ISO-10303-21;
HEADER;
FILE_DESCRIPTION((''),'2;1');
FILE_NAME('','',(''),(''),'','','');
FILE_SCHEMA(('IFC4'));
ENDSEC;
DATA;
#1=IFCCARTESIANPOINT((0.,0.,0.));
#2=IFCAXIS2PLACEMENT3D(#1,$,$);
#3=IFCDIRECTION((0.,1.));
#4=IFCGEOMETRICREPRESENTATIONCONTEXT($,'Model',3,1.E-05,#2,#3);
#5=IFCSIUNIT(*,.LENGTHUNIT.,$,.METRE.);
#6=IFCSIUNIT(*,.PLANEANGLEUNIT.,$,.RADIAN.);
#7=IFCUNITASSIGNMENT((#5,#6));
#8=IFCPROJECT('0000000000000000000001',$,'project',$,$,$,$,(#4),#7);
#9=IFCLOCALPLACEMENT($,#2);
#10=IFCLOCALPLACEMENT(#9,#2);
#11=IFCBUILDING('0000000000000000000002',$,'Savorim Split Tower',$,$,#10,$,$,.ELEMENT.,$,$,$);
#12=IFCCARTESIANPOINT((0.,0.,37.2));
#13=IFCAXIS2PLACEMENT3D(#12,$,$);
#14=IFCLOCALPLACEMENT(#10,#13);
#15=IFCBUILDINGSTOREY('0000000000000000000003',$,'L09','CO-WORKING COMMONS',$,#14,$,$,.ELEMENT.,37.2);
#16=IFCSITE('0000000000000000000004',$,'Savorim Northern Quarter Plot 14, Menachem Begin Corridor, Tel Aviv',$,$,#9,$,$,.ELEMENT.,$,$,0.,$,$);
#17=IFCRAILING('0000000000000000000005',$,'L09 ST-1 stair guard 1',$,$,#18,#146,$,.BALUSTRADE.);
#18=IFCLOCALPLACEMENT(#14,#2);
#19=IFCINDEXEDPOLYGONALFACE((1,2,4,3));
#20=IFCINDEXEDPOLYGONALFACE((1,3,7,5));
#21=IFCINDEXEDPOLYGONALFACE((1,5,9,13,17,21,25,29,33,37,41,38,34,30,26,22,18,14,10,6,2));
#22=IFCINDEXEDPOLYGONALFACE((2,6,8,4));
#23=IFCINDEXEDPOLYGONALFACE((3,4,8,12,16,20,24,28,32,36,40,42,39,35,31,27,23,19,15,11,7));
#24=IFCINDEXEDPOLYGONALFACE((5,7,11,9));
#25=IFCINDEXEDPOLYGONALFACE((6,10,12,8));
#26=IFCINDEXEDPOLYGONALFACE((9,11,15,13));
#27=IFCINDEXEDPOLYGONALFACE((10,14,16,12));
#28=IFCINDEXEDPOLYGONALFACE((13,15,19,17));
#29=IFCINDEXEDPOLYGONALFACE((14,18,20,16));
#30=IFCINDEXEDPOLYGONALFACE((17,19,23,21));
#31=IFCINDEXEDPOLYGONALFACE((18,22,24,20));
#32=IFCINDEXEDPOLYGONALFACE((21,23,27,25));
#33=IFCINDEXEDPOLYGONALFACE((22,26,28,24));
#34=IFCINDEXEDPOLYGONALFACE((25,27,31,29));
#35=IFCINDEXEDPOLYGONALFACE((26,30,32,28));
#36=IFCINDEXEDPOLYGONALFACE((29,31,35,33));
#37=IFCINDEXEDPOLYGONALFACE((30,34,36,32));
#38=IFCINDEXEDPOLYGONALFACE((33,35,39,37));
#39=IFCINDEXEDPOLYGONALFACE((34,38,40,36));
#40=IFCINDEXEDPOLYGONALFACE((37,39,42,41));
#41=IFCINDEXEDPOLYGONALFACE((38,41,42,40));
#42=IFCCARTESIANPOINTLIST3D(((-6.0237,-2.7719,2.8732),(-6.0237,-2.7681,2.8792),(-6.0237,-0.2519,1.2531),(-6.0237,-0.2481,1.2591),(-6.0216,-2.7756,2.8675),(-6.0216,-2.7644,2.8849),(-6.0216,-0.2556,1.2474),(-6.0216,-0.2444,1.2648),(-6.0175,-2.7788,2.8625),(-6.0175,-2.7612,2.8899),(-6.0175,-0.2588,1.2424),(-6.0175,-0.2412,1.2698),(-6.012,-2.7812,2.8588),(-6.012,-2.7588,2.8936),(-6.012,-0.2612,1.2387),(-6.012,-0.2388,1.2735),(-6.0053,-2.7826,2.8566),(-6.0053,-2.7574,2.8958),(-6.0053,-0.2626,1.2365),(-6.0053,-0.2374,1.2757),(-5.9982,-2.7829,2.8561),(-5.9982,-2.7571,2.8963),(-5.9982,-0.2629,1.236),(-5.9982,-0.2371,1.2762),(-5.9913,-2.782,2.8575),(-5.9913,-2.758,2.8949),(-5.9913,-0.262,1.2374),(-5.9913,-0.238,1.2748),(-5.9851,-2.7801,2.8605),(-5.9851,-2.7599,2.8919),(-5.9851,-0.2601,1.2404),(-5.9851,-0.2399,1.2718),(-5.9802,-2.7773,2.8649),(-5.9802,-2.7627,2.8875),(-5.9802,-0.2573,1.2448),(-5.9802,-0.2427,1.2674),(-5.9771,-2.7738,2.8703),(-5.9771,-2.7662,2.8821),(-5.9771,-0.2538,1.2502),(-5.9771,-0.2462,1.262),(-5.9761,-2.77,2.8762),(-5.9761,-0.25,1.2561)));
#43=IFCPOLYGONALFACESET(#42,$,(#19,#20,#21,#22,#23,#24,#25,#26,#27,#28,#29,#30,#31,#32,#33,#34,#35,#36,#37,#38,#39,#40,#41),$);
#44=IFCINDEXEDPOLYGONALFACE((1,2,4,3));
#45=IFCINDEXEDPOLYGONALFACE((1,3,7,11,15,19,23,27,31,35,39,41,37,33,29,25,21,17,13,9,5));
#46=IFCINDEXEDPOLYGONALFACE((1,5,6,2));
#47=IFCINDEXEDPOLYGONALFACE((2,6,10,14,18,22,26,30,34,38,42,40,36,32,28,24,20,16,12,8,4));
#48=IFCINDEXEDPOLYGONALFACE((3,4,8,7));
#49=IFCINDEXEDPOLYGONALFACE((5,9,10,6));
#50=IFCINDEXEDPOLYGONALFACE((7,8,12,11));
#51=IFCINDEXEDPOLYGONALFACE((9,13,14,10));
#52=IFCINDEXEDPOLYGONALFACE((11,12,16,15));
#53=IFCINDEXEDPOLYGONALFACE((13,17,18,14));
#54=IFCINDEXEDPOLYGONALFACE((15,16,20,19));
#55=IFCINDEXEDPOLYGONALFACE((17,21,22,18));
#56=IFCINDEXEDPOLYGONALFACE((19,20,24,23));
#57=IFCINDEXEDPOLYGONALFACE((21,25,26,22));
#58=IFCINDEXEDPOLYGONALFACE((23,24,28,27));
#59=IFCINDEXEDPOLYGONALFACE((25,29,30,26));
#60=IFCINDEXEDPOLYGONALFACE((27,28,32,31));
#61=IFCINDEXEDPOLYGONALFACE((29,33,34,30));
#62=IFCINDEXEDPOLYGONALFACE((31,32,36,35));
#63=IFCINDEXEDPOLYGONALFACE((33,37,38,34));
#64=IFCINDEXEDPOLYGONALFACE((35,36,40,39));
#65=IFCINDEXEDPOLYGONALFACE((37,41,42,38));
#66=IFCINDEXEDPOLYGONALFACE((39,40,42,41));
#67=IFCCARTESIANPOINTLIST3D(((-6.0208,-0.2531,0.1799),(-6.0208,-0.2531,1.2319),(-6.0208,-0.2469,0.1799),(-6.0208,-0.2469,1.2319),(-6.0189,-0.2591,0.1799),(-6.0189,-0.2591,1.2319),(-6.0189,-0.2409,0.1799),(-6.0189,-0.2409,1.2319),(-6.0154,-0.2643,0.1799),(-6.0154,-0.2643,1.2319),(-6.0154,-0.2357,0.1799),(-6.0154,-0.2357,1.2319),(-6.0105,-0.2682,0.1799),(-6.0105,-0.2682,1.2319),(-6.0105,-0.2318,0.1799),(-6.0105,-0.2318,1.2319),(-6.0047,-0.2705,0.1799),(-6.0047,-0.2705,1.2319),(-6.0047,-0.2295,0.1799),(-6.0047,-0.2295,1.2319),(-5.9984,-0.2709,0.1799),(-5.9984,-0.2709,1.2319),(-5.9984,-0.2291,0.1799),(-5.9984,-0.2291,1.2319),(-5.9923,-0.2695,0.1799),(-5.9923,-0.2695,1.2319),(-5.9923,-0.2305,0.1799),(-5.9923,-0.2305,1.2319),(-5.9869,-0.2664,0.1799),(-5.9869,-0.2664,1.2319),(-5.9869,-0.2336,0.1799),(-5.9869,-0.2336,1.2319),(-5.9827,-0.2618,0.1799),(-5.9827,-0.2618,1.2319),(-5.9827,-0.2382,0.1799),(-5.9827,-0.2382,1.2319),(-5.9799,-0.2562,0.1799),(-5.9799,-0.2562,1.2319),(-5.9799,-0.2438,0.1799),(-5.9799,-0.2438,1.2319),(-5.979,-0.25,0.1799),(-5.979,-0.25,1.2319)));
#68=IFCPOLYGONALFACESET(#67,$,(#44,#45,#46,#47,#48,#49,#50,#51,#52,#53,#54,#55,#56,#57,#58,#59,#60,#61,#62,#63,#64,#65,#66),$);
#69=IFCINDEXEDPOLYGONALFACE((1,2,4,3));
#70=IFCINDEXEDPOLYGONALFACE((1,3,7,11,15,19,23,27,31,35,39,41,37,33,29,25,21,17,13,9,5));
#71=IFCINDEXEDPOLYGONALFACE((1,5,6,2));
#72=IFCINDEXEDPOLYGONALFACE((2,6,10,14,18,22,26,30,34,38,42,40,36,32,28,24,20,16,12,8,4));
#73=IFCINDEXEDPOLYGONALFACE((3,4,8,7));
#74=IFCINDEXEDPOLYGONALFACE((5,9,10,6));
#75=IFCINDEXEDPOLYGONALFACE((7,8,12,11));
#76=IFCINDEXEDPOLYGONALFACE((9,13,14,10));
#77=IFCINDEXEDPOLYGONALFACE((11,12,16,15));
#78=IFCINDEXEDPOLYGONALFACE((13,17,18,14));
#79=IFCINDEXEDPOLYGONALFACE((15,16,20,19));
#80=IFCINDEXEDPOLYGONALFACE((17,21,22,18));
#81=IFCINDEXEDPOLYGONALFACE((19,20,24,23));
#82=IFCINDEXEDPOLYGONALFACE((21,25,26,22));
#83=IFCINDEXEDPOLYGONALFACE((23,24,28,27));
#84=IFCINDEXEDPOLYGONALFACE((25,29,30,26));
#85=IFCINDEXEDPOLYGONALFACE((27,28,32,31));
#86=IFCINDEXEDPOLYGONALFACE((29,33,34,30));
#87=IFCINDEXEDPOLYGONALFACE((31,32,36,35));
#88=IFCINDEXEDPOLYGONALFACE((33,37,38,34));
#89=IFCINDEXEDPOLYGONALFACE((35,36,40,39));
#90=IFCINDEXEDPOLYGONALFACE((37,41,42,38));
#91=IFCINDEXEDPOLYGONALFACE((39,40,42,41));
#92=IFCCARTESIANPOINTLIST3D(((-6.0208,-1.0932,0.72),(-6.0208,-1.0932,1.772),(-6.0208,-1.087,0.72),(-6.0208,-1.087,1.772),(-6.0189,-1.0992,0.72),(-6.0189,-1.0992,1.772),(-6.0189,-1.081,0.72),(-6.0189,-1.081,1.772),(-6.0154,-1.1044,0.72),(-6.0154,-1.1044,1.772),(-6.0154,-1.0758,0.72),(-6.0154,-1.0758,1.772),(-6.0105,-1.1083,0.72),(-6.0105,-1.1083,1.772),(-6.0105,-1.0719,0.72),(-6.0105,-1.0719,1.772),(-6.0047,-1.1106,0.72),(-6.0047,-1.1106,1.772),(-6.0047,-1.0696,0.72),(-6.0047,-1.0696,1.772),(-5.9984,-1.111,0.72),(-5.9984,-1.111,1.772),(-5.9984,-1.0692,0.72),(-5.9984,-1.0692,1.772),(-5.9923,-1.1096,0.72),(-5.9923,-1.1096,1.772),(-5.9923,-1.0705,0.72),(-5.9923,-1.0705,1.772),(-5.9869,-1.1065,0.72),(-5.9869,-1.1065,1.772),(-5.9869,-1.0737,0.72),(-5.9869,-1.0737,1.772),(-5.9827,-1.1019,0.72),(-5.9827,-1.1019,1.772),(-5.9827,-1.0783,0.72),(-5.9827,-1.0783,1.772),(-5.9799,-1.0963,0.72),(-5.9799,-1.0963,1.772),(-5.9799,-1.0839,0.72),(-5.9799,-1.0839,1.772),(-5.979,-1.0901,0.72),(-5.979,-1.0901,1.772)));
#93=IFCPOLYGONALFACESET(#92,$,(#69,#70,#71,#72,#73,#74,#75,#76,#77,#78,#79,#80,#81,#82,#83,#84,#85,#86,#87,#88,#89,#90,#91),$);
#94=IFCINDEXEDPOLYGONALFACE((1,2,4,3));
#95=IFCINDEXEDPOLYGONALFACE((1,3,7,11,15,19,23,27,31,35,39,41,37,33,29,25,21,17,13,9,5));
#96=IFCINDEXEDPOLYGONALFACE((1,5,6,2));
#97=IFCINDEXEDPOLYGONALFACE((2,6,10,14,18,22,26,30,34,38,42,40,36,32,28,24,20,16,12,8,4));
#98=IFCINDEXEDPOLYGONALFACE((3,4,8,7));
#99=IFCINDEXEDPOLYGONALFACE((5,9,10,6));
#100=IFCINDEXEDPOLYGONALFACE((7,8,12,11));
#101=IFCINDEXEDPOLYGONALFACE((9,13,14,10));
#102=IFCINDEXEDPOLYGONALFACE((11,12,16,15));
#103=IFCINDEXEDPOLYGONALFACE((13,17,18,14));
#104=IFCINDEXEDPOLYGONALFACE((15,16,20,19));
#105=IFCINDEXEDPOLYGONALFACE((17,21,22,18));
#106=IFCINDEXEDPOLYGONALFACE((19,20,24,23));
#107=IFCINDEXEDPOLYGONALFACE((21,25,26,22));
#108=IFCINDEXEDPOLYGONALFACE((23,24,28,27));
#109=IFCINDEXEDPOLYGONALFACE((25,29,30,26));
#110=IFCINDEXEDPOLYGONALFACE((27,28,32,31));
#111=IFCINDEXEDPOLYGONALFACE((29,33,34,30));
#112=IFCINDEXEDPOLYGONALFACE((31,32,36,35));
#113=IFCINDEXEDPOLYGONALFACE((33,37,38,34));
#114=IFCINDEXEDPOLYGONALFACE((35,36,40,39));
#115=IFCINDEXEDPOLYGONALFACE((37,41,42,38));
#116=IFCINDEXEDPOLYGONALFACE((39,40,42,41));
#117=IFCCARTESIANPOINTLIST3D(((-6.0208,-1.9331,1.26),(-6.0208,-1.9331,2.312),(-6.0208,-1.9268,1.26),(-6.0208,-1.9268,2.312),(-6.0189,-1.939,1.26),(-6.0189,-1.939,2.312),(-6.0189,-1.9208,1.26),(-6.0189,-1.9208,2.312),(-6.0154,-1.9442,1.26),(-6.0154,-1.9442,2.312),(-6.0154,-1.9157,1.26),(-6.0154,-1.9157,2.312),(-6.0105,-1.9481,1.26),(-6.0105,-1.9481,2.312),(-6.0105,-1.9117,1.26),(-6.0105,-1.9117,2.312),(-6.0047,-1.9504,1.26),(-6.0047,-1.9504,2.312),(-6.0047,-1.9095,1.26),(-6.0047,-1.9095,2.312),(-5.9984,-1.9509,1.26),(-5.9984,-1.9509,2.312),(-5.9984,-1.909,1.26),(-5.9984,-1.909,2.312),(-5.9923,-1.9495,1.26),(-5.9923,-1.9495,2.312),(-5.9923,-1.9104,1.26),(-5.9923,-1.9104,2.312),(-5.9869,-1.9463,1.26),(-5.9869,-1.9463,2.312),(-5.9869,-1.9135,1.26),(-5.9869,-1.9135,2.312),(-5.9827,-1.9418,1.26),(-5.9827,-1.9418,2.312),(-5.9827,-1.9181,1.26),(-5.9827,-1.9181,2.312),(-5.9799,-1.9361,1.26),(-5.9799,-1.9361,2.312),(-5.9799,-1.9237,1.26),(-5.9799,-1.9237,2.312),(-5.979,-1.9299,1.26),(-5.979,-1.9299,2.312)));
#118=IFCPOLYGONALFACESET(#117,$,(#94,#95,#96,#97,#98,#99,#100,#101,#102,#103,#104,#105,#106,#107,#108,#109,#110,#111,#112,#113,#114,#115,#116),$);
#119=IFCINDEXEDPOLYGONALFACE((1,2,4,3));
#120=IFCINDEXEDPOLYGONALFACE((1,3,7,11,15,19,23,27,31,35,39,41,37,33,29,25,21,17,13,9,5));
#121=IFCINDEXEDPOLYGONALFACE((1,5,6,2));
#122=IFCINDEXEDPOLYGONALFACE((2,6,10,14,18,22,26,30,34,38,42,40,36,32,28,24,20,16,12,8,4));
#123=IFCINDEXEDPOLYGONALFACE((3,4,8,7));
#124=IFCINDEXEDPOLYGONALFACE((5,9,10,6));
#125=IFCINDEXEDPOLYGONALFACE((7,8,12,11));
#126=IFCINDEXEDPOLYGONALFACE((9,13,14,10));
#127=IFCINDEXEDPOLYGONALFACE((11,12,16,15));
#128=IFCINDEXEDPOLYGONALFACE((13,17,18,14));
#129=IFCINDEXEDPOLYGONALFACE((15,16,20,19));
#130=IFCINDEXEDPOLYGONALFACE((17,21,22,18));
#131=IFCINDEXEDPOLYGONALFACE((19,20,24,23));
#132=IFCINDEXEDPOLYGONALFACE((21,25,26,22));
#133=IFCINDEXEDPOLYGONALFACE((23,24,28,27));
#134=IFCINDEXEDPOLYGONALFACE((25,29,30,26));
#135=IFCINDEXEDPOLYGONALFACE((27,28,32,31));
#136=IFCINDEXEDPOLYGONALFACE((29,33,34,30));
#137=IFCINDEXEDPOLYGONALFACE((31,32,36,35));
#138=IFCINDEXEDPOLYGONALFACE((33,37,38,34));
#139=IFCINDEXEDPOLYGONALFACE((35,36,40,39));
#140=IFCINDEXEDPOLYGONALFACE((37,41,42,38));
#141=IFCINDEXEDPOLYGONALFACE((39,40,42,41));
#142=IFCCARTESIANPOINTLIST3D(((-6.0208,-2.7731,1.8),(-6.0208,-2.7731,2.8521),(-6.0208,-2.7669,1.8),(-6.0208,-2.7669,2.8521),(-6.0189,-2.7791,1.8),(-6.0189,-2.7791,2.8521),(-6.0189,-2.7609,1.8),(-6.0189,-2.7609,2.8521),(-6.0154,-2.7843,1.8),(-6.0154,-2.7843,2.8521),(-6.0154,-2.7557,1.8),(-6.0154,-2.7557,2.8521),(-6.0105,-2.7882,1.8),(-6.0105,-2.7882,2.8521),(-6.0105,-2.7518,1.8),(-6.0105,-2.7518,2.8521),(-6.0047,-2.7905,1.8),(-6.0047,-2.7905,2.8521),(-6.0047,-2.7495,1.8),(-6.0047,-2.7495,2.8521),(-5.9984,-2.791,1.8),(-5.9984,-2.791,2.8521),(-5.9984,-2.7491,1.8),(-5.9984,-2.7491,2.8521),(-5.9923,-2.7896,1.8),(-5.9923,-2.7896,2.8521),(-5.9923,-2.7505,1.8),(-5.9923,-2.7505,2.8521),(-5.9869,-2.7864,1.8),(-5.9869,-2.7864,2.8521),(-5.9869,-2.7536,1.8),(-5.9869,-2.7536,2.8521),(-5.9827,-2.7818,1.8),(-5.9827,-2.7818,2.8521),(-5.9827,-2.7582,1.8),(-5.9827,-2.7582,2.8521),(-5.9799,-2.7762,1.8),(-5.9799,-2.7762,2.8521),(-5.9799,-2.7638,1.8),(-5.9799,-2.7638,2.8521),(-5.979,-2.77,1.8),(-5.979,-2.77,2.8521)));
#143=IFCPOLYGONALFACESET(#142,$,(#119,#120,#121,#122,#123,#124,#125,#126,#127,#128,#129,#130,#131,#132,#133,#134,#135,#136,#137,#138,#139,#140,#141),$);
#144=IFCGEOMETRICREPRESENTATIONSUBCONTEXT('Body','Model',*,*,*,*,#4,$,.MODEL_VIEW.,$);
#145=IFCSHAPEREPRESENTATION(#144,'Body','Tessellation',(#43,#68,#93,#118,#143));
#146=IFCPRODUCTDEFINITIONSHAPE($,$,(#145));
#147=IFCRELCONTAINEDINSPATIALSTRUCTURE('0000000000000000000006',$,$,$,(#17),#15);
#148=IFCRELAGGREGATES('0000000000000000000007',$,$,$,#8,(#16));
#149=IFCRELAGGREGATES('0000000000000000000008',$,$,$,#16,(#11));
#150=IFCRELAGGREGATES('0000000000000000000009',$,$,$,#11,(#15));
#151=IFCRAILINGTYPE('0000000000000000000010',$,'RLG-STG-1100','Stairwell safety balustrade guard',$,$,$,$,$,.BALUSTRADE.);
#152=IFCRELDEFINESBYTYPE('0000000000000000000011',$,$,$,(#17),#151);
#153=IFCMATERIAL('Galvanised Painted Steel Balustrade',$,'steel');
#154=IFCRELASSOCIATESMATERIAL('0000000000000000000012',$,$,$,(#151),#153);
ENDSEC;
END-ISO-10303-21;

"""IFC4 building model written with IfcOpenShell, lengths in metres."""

from ifc_helpers import new_model, si_unit, direction, frame, origin, origin_2d, place, context, subcontext, project, spatial, circle, extrude, material, type_object, element, save


model = new_model("IFC4")

# Units and contexts
model_context = context("Model", 3, precision=1e-05, world=origin(), true_north=direction((0.0, 1.0)))
body_context = subcontext(model_context, "Body", "Model", "MODEL_VIEW")
ifc_project = project(units=[si_unit("LENGTHUNIT", "METRE"), si_unit("PLANEANGLEUNIT", "RADIAN")], contexts=[model_context])

# Site, building, storey
site_placement = place(None, origin())
site = spatial("IfcSite", under=ifc_project, at=site_placement, Name="Savorim Northern Quarter Plot 14, Menachem Begin Corridor, Tel Aviv", CompositionType="ELEMENT", RefElevation=0.0)
building_placement = place(site_placement, origin())
building = spatial("IfcBuilding", under=site, at=building_placement, Name="Savorim Split Tower", CompositionType="ELEMENT")
storey_placement = place(building_placement, frame((0.0, 0.0, 37.2)))
storey = spatial("IfcBuildingStorey", under=building, at=storey_placement, Name="L09", Description="CO-WORKING COMMONS", CompositionType="ELEMENT", Elevation=37.2)

# Railing
ifc_material_1 = material(Name="Galvanised Painted Steel Balustrade", Category="steel")
railing_type_1 = type_object("IfcRailingType", Name="RLG-STG-1100", Description="Stairwell safety balustrade guard", PredefinedType="BALUSTRADE", material=ifc_material_1)
railing_1_placement = place(storey_placement, frame((-6.0, -0.25, 0.1799)))
element("IfcRailing", 1, at=railing_1_placement, inside=storey, type_object=railing_type_1, Name="L09 ST-1 stair guard 1", PredefinedType="BALUSTRADE", context=body_context, shape_type="SweptSolid", body=[
    extrude(circle(Radius=0.0239, at=origin_2d()), frame((0.0, 0.0, 1.0762), z_axis=(0.0, -0.841163, 0.540782), x_axis=(1.0, 0.0, 0.0)), (0.0, 0.0, 1.0), 2.9958),
    extrude(circle(Radius=0.021, at=origin_2d()), origin(), (0.0, 0.0, 1.0), 1.052),
    extrude(circle(Radius=0.021, at=origin_2d()), frame((0.0, -0.8401, 0.54)), (0.0, 0.0, 1.0), 1.052),
    extrude(circle(Radius=0.021, at=origin_2d()), frame((0.0, -1.6799, 1.0801)), (0.0, 0.0, 1.0), 1.052),
    extrude(circle(Radius=0.021, at=origin_2d()), frame((0.0, -2.52, 1.6201)), (0.0, 0.0, 1.0), 1.052),
])

save(model, "model.ifc")
